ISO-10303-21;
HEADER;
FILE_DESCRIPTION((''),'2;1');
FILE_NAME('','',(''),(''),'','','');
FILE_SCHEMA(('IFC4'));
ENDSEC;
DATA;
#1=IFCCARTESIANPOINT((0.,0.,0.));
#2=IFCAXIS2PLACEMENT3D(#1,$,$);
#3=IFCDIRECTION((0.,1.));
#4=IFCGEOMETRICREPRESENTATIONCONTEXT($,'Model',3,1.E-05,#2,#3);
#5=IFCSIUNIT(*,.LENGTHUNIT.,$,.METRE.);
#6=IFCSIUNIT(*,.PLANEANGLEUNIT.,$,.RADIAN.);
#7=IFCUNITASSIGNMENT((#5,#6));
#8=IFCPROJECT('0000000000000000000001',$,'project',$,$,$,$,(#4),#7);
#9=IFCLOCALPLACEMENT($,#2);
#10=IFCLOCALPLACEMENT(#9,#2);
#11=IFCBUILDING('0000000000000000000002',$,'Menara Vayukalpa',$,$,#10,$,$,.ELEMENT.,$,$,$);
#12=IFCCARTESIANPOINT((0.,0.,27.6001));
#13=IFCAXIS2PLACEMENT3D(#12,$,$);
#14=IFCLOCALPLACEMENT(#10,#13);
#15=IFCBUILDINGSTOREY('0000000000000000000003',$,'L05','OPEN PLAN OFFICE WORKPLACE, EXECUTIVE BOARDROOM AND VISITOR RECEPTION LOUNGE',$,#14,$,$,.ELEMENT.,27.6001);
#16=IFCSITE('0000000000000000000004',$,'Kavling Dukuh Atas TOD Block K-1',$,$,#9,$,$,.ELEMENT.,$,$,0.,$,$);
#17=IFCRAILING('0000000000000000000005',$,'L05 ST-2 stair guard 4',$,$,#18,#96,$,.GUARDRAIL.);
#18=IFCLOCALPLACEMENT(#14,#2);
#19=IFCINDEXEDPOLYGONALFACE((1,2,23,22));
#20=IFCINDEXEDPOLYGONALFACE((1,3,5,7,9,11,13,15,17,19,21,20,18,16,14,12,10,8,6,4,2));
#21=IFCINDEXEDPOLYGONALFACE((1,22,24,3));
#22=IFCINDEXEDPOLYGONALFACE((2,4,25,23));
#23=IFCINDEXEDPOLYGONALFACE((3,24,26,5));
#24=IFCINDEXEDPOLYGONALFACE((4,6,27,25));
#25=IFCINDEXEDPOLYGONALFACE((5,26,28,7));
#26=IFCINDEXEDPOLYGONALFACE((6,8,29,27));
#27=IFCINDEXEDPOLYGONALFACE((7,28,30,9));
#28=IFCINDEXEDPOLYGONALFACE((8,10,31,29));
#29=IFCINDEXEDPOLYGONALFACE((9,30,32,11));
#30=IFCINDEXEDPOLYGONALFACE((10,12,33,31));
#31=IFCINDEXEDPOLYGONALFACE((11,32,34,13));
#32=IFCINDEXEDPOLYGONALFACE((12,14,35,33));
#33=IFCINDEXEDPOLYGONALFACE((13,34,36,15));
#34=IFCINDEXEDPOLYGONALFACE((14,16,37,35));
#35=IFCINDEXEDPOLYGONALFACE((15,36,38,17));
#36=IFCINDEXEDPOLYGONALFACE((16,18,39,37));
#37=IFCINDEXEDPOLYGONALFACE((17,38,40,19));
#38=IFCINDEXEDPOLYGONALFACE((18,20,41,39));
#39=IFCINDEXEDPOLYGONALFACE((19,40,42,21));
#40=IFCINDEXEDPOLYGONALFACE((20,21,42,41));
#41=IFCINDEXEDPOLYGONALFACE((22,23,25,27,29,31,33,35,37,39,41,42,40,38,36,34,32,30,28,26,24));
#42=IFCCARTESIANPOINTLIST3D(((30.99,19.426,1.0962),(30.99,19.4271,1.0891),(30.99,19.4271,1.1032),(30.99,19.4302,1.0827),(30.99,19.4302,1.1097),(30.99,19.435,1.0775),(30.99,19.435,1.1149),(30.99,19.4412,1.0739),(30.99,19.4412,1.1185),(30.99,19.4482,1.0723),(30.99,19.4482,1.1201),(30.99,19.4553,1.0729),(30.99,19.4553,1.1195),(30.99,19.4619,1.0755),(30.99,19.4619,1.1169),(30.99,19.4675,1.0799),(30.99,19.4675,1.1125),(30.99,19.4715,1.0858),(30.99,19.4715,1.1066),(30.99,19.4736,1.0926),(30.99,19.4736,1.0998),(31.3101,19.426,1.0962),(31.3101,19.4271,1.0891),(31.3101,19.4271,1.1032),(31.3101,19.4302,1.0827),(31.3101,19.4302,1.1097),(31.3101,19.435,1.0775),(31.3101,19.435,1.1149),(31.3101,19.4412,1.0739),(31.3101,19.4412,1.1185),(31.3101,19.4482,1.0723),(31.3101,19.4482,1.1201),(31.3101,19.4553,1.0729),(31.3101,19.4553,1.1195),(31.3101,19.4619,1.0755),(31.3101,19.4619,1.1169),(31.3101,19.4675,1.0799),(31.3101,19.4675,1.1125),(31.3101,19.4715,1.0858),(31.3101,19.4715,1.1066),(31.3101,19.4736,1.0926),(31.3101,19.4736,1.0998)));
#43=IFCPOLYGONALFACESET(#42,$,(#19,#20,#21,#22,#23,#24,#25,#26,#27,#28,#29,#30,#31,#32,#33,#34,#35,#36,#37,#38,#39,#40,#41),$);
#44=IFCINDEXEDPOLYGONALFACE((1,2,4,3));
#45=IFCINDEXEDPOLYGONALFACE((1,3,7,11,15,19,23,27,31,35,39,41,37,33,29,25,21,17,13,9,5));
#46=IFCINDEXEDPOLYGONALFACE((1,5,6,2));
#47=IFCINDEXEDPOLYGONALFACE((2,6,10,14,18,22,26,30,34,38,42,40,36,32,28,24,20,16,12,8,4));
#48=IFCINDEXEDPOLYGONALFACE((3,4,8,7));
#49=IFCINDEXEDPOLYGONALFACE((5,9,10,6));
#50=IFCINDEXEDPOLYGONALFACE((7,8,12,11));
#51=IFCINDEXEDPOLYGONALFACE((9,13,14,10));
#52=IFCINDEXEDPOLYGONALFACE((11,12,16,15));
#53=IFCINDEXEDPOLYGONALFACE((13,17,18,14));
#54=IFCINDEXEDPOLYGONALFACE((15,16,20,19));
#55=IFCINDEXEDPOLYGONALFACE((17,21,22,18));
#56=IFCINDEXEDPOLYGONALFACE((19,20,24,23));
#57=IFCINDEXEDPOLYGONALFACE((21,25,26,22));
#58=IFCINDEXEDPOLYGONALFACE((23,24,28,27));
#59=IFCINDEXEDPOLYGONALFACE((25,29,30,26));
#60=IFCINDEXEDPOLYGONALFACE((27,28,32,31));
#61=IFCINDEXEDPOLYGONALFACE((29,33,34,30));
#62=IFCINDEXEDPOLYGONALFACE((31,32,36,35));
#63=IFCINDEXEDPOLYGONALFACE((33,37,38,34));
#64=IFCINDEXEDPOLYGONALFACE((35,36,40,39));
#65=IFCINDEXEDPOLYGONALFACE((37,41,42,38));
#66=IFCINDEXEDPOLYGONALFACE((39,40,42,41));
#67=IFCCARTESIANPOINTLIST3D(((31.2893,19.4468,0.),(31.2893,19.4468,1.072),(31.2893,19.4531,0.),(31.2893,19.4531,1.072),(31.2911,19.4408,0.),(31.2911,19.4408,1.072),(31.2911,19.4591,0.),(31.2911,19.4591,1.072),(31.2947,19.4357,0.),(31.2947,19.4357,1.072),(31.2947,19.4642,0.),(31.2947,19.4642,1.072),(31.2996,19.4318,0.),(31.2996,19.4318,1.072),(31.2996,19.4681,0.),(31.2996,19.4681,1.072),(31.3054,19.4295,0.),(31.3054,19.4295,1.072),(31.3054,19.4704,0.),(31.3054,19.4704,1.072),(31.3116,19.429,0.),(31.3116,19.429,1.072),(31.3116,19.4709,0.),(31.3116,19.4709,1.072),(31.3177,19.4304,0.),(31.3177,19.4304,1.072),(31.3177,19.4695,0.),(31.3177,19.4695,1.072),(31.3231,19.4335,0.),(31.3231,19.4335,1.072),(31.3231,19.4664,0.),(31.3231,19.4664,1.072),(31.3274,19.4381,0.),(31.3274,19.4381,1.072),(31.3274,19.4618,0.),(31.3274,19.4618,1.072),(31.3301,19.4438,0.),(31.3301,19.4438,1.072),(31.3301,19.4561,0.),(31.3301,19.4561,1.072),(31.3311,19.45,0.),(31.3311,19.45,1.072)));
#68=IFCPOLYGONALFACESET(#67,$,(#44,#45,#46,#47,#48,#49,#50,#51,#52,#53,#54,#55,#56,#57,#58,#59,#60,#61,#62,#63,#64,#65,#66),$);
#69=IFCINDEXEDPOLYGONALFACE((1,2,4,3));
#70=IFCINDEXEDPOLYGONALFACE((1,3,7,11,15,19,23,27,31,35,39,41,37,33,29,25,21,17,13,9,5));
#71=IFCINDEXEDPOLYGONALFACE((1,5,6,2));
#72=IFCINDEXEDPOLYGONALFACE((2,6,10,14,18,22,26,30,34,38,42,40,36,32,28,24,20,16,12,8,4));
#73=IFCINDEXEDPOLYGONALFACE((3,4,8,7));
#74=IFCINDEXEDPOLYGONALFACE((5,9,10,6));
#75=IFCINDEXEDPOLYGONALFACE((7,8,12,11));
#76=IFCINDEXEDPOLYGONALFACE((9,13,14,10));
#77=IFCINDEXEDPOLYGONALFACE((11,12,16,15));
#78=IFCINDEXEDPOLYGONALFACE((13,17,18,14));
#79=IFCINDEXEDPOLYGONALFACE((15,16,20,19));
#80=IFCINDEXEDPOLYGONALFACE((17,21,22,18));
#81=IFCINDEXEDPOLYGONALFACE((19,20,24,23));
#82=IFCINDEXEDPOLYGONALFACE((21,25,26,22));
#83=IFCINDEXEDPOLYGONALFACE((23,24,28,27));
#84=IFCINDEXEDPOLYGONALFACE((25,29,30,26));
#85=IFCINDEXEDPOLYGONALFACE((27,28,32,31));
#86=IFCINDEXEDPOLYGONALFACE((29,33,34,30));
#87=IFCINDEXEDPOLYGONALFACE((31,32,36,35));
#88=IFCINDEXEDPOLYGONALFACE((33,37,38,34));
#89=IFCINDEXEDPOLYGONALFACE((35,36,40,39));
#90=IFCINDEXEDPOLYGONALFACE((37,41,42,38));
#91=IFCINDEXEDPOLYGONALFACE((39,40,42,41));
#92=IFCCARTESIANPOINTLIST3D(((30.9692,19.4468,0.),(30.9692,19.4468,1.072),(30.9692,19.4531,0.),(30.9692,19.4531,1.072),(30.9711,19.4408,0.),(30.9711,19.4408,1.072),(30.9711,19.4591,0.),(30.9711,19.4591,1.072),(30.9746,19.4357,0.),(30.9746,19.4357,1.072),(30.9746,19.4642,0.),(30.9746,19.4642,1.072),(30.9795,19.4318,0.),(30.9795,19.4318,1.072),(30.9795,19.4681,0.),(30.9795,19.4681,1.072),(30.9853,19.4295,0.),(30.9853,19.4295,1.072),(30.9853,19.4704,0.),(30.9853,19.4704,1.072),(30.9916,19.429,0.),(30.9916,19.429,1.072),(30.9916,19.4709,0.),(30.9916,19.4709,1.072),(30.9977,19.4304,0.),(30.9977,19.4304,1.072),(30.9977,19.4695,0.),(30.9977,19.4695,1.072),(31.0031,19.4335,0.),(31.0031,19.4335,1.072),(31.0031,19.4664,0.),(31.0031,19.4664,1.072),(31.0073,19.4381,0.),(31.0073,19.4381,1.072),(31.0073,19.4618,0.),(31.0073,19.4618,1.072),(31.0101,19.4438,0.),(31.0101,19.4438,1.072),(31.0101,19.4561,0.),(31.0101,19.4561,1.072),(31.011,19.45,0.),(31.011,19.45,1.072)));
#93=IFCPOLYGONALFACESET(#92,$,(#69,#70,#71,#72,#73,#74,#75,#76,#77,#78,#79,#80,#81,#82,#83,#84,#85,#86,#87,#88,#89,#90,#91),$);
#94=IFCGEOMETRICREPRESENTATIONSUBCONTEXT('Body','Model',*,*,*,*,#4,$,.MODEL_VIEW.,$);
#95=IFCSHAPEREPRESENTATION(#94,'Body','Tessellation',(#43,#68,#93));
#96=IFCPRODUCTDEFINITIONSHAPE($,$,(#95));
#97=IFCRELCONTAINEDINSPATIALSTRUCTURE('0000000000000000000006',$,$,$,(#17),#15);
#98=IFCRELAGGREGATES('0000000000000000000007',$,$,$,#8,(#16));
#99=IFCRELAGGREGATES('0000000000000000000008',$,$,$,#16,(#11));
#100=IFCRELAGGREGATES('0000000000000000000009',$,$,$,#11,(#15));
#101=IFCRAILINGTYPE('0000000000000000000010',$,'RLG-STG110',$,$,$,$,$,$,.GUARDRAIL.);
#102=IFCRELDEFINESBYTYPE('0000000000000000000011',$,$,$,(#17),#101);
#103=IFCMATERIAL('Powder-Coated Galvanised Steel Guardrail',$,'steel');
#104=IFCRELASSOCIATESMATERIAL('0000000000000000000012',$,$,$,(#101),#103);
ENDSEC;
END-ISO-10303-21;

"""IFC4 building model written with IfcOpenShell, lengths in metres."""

from ifc_helpers import new_model, si_unit, direction, frame, origin, origin_2d, place, context, subcontext, project, spatial, circle, extrude, material, type_object, element, save


model = new_model("IFC4")

# Units and contexts
model_context = context("Model", 3, precision=1e-05, world=origin(), true_north=direction((0.0, 1.0)))
body_context = subcontext(model_context, "Body", "Model", "MODEL_VIEW")
ifc_project = project(units=[si_unit("LENGTHUNIT", "METRE"), si_unit("PLANEANGLEUNIT", "RADIAN")], contexts=[model_context])

# Site, building, storey
site_placement = place(None, origin())
site = spatial("IfcSite", under=ifc_project, at=site_placement, Name="Kavling Dukuh Atas TOD Block K-1", CompositionType="ELEMENT", RefElevation=0.0)
building_placement = place(site_placement, origin())
building = spatial("IfcBuilding", under=site, at=building_placement, Name="Menara Vayukalpa", CompositionType="ELEMENT")
storey_placement = place(building_placement, frame((0.0, 0.0, 27.6001)))
storey = spatial("IfcBuildingStorey", under=building, at=storey_placement, Name="L05", Description="OPEN PLAN OFFICE WORKPLACE, EXECUTIVE BOARDROOM AND VISITOR RECEPTION LOUNGE", CompositionType="ELEMENT", Elevation=27.6001)

# Railing
ifc_material_1 = material(Name="Powder-Coated Galvanised Steel Guardrail", Category="steel")
railing_type_1 = type_object("IfcRailingType", Name="RLG-STG110", PredefinedType="GUARDRAIL", material=ifc_material_1)
railing_1_placement = place(storey_placement, frame((31.3101, 19.45, 0.0)))
element("IfcRailing", 1, at=railing_1_placement, inside=storey, type_object=railing_type_1, Name="L05 ST-2 stair guard 4", PredefinedType="GUARDRAIL", context=body_context, shape_type="SweptSolid", body=[
    extrude(circle(Radius=0.0239, at=origin_2d()), frame((0.0, 0.0, 1.0962), z_axis=(-1.0, 0.0, 0.0), x_axis=(0.0, -1.0, 0.0)), (0.0, 0.0, 1.0), 0.3201),
    extrude(circle(Radius=0.021, at=origin_2d()), origin(), (0.0, 0.0, 1.0), 1.072),
    extrude(circle(Radius=0.021, at=origin_2d()), frame((-0.3201, 0.0, 0.0)), (0.0, 0.0, 1.0), 1.072),
])

save(model, "model.ifc")
